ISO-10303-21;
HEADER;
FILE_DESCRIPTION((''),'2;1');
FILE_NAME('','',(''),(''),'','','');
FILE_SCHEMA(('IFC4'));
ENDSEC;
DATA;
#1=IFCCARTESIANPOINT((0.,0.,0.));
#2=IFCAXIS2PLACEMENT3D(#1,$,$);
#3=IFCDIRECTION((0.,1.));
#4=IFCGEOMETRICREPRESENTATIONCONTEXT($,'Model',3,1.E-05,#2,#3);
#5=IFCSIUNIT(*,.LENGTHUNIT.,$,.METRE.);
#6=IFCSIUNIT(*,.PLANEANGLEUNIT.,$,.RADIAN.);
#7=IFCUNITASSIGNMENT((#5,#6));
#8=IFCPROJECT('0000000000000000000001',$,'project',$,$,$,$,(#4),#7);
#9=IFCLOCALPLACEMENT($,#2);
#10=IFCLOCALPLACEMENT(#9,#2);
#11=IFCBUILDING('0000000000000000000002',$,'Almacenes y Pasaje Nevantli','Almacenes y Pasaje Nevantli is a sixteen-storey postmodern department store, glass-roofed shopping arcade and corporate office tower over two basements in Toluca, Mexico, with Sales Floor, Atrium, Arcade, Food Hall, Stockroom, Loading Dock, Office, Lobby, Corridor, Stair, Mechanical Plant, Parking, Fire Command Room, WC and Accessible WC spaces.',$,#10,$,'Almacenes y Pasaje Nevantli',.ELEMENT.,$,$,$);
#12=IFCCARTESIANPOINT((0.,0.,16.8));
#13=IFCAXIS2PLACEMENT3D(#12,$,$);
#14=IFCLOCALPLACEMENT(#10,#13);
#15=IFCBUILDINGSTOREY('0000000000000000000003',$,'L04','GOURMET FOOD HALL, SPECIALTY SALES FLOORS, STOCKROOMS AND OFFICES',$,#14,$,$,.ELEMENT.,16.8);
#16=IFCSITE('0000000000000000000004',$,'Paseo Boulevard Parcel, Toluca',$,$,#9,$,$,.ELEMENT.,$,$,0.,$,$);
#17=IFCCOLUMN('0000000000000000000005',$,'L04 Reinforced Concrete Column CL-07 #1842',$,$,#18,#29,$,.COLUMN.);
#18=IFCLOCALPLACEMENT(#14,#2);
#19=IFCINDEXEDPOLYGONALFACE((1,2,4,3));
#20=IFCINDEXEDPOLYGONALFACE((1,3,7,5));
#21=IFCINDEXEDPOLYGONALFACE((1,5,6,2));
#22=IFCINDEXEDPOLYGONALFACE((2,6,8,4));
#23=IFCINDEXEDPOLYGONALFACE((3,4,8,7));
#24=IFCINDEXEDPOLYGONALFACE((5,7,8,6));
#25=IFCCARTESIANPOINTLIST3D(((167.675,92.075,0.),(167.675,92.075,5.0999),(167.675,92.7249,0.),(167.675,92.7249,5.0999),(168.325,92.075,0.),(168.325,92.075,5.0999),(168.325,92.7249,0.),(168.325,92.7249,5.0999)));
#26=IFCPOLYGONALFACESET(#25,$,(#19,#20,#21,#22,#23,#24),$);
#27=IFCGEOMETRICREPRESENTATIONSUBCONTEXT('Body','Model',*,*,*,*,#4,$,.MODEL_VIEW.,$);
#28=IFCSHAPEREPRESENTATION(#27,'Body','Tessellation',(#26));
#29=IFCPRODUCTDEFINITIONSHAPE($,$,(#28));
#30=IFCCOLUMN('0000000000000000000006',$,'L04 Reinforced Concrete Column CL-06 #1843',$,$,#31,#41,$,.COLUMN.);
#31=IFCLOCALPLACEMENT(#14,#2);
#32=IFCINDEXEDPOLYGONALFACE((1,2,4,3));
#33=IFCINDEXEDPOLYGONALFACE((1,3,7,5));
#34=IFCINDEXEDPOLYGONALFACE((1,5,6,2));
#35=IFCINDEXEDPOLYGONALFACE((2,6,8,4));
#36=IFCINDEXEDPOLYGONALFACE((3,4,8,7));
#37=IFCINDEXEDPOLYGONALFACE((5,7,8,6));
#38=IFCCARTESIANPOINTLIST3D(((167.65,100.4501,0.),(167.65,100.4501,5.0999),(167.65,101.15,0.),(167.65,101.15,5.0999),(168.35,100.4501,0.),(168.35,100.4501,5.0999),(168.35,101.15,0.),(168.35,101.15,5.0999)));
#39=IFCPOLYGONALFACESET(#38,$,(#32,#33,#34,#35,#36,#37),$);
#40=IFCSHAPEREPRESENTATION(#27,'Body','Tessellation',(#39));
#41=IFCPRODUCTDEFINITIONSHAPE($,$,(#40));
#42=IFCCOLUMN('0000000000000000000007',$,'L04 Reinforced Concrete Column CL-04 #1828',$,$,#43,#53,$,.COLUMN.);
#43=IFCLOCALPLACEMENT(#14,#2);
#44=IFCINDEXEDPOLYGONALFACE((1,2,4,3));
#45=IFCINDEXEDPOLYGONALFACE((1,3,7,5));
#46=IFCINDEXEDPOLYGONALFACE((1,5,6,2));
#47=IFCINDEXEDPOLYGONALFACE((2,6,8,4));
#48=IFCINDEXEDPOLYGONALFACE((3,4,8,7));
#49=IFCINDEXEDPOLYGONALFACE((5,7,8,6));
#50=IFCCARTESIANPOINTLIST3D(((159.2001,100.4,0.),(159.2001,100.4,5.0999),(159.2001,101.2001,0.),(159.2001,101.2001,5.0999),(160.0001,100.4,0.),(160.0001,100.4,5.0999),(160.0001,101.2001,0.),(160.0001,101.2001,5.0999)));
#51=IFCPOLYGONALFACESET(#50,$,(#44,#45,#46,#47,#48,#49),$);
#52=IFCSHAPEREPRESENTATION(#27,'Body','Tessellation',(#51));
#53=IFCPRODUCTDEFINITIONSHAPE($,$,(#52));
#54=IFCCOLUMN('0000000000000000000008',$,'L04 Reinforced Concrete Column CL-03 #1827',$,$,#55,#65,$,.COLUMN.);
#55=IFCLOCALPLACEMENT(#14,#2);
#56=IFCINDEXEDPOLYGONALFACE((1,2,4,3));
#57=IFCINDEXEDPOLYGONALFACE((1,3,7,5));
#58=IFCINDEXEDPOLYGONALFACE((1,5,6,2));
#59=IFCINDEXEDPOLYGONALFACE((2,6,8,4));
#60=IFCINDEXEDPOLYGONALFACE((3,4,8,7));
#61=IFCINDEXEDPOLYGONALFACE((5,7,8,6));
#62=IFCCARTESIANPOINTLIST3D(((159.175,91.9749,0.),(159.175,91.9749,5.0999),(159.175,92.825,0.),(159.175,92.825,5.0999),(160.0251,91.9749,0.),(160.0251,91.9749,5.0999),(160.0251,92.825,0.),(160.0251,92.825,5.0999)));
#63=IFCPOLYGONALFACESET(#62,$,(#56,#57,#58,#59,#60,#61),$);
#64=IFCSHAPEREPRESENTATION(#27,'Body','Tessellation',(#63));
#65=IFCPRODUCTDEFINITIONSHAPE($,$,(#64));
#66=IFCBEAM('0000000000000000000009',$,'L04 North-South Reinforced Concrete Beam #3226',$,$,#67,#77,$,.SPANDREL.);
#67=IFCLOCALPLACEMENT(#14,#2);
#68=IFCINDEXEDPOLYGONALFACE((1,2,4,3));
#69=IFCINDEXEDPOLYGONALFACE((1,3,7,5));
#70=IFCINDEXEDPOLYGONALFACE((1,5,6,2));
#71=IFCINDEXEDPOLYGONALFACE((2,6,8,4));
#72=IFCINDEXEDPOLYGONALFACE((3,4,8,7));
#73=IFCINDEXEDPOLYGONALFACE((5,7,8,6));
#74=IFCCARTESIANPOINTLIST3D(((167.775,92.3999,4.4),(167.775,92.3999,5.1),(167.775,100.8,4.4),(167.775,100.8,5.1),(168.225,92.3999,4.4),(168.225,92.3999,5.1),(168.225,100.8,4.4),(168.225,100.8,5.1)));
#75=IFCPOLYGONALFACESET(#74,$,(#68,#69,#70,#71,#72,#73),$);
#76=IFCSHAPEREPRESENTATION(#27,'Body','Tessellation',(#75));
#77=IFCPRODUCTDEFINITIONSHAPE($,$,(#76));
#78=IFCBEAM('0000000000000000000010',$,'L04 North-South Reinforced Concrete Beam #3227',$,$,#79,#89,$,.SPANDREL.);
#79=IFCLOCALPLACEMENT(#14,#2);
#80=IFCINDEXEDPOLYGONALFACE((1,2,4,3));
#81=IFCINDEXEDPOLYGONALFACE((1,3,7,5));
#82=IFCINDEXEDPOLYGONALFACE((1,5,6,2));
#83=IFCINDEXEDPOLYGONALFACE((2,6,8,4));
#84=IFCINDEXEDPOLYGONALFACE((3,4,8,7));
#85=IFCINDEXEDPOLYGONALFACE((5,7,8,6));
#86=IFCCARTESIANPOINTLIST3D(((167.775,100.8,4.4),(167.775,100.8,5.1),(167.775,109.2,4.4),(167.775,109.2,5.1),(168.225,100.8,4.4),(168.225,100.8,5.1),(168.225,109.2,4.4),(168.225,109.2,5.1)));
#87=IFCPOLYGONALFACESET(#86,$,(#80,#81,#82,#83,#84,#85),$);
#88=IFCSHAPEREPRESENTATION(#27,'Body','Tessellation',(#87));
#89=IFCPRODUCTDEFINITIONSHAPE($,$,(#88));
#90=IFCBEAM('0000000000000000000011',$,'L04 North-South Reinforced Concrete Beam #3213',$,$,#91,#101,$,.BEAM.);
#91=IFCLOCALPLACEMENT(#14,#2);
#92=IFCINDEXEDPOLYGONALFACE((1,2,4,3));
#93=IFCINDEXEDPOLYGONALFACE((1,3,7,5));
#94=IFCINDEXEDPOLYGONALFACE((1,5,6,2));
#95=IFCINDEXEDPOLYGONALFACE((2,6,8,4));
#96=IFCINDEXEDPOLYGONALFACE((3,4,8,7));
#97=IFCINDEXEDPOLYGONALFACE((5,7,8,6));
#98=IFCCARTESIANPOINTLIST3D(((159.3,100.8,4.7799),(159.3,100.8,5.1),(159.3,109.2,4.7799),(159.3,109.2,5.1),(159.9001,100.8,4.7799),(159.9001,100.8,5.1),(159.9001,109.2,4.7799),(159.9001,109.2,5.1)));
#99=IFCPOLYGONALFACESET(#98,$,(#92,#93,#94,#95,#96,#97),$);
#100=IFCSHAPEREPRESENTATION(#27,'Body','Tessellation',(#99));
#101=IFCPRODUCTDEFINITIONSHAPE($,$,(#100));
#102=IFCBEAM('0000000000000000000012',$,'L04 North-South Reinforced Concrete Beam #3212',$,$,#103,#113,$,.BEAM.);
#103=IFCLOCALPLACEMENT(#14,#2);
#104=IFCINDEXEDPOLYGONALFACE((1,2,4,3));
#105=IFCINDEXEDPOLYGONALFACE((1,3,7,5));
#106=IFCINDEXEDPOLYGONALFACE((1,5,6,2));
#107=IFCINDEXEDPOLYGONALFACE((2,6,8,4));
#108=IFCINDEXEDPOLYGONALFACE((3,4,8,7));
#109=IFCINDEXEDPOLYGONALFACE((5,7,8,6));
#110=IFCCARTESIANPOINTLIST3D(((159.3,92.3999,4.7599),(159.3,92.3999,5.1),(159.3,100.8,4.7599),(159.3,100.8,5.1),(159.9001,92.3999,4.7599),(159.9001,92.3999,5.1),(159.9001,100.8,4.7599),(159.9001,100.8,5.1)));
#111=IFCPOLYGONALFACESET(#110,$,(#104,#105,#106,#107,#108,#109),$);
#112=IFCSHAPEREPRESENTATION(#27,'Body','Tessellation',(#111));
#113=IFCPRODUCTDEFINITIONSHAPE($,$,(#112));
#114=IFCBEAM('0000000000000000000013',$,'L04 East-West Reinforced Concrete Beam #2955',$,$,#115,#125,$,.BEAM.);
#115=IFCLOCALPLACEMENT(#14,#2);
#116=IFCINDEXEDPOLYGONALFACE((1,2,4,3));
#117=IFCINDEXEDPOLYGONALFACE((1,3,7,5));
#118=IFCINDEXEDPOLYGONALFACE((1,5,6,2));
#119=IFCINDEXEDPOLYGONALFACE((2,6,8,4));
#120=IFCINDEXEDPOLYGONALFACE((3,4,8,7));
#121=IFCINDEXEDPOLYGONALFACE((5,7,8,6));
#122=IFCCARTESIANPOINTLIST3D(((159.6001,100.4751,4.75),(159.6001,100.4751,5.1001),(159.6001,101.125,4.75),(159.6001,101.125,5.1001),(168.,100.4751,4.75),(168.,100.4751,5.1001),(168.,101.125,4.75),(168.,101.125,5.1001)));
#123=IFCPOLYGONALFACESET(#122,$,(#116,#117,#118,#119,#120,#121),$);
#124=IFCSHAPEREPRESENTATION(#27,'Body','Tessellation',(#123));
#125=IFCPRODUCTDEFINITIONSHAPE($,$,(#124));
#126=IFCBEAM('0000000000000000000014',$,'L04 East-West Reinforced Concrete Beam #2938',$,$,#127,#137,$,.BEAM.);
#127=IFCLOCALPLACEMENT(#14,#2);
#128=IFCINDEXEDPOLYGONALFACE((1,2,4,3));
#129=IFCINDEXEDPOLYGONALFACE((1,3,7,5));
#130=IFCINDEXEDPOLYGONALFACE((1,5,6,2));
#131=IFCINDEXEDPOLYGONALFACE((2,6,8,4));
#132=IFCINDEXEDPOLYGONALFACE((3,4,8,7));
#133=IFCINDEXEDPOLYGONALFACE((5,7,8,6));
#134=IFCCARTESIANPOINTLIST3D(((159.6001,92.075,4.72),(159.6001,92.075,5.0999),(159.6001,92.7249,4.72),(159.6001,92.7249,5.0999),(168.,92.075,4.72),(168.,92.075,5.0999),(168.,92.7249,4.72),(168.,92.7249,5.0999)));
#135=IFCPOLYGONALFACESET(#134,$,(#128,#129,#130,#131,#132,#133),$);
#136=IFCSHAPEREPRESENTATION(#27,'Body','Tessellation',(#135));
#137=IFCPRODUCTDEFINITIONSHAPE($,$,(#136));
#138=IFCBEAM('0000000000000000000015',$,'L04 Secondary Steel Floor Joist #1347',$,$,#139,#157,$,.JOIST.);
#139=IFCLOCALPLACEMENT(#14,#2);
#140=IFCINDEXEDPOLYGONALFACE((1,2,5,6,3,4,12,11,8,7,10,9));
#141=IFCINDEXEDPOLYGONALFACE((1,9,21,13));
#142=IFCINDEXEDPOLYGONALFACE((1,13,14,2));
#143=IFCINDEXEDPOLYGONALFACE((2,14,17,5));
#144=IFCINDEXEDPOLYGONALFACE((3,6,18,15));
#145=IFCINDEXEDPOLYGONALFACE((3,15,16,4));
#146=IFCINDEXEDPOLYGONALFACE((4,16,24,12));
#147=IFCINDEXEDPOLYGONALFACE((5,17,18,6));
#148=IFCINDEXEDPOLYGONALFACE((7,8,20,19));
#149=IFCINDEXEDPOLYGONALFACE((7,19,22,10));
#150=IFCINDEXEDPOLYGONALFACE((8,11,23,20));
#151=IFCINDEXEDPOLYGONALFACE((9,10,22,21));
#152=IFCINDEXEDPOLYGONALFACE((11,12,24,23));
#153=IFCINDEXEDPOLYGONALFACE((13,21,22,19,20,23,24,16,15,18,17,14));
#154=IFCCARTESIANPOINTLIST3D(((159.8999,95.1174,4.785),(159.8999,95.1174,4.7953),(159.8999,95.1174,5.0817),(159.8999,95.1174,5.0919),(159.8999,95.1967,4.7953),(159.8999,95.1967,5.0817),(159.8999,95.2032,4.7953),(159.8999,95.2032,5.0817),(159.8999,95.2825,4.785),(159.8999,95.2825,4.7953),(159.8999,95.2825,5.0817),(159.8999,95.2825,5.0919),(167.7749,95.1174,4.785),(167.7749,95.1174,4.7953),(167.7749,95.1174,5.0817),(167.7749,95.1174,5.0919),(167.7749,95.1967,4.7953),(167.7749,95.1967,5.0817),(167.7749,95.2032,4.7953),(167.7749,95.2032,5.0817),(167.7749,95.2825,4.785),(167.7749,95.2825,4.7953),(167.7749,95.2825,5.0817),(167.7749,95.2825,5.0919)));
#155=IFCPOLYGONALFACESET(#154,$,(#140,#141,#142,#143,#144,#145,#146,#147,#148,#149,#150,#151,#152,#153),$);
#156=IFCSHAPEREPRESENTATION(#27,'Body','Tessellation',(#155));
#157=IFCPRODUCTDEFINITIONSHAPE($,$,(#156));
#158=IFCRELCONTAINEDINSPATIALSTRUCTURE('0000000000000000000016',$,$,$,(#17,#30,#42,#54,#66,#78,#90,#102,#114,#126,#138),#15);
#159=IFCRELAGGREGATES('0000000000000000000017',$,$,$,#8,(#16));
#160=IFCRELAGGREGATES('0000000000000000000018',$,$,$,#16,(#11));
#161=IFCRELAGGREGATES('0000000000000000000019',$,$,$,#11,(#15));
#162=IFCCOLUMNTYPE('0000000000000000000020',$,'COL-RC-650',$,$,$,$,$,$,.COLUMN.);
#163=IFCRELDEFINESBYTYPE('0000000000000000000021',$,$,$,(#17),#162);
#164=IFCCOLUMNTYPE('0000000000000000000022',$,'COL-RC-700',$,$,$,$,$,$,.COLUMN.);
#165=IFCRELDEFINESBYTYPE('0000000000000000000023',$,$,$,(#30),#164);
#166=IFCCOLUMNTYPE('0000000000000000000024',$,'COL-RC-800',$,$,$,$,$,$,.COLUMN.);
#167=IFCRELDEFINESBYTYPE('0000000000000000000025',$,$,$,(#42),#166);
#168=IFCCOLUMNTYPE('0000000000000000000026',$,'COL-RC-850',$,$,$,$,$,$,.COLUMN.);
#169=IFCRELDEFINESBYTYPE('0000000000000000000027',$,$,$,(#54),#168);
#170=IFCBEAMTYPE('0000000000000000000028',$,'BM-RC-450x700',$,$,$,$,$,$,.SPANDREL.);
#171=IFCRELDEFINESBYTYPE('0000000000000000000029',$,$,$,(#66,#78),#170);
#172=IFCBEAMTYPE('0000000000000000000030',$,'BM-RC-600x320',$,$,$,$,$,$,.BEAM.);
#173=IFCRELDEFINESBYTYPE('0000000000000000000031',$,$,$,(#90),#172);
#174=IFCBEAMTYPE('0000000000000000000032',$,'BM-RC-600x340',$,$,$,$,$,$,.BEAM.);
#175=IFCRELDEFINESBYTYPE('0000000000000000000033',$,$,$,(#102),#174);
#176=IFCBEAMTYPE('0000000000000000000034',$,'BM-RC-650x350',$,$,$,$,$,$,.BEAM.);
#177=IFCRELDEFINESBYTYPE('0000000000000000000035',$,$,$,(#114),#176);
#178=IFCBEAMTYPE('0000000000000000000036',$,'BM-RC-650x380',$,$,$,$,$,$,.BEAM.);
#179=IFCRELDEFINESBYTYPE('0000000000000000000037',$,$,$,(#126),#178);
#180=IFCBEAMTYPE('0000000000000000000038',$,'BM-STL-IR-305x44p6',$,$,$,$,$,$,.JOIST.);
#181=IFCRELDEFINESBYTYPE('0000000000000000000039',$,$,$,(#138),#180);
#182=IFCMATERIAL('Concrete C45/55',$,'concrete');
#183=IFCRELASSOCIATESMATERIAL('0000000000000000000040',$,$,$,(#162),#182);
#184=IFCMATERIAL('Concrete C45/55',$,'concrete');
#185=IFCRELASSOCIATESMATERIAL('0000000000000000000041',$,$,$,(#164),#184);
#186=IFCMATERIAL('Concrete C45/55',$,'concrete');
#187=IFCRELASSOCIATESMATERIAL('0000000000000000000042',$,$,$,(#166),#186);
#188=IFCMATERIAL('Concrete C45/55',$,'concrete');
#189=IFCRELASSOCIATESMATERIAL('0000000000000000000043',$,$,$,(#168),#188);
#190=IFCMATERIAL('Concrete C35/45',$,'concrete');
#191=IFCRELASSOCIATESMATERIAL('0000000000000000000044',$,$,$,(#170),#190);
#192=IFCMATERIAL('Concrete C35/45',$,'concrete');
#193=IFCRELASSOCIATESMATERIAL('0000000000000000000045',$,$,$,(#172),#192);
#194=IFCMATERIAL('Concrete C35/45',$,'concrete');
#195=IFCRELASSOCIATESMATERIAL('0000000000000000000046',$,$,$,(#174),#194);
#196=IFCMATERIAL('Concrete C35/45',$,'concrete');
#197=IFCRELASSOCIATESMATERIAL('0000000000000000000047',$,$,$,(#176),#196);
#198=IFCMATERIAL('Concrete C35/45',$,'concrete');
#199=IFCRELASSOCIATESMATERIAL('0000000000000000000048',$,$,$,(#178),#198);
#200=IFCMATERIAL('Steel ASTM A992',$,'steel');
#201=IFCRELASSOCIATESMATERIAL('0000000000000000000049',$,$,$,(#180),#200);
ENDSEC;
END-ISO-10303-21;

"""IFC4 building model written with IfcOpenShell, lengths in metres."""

from ifc_helpers import new_model, si_unit, direction, frame, origin, origin_2d, place, context, subcontext, project, spatial, rectangle, i_section, extrude, material, material_profile, profile_set, type_object, element, save


model = new_model("IFC4")

# Units and contexts
model_context = context("Model", 3, precision=1e-05, world=origin(), true_north=direction((0.0, 1.0)))
body_context = subcontext(model_context, "Body", "Model", "MODEL_VIEW")
ifc_project = project(units=[si_unit("LENGTHUNIT", "METRE"), si_unit("PLANEANGLEUNIT", "RADIAN")], contexts=[model_context])

# Site, building, storey
site_placement = place(None, origin())
site = spatial("IfcSite", under=ifc_project, at=site_placement, Name="Paseo Boulevard Parcel, Toluca", CompositionType="ELEMENT", RefElevation=0.0)
building_placement = place(site_placement, origin())
building = spatial("IfcBuilding", under=site, at=building_placement, Name="Almacenes y Pasaje Nevantli", Description="Almacenes y Pasaje Nevantli is a sixteen-storey postmodern department store, glass-roofed shopping arcade and corporate office tower over two basements in Toluca, Mexico, with Sales Floor, Atrium, Arcade, Food Hall, Stockroom, Loading Dock, Office, Lobby, Corridor, Stair, Mechanical Plant, Parking, Fire Command Room, WC and Accessible WC spaces.", LongName="Almacenes y Pasaje Nevantli", CompositionType="ELEMENT")
storey_placement = place(building_placement, frame((0.0, 0.0, 16.8)))
storey = spatial("IfcBuildingStorey", under=building, at=storey_placement, Name="L04", Description="GOURMET FOOD HALL, SPECIALTY SALES FLOORS, STOCKROOMS AND OFFICES", CompositionType="ELEMENT", Elevation=16.8)

# Columns
ifc_material_1 = material(Name="Concrete C45/55", Category="concrete")
ifc_material_profile_1 = material_profile(ifc_material_1, rectangle(XDim=0.6499, YDim=0.6499, at=origin_2d()), Name="RC-COL-650x650")
ifc_profile_set_1 = profile_set([ifc_material_profile_1], Name="Concrete C45/55")
column_type_1 = type_object("IfcColumnType", Name="COL-RC-650", PredefinedType="COLUMN", material=ifc_profile_set_1)
column_1_placement = place(storey_placement, frame((168.0, 92.3999, 0.0), z_axis=(0.0, 0.0, 1.0), x_axis=(1.0, 0.0, 0.0)))
element("IfcColumn", 1, at=column_1_placement, inside=storey, type_object=column_type_1, Name="L04 Reinforced Concrete Column CL-07 #1842", PredefinedType="COLUMN", context=body_context, shape_type="SweptSolid", body=[
    extrude(rectangle(XDim=0.6499, YDim=0.6499, at=origin_2d()), origin(), (0.0, 0.0, 1.0), 5.0999),
])
ifc_material_2 = material(Name="Concrete C45/55", Category="concrete")
ifc_material_profile_2 = material_profile(ifc_material_2, rectangle(XDim=0.7, YDim=0.7, at=origin_2d()), Name="RC-COL-700x700")
ifc_profile_set_2 = profile_set([ifc_material_profile_2], Name="Concrete C45/55")
column_type_2 = type_object("IfcColumnType", Name="COL-RC-700", PredefinedType="COLUMN", material=ifc_profile_set_2)
column_2_placement = place(storey_placement, frame((168.0, 100.8, 0.0), z_axis=(0.0, 0.0, 1.0), x_axis=(1.0, 0.0, 0.0)))
element("IfcColumn", 2, at=column_2_placement, inside=storey, type_object=column_type_2, Name="L04 Reinforced Concrete Column CL-06 #1843", PredefinedType="COLUMN", context=body_context, shape_type="SweptSolid", body=[
    extrude(rectangle(XDim=0.7, YDim=0.7, at=origin_2d()), origin(), (0.0, 0.0, 1.0), 5.0999),
])
ifc_material_3 = material(Name="Concrete C45/55", Category="concrete")
ifc_material_profile_3 = material_profile(ifc_material_3, rectangle(XDim=0.8, YDim=0.8, at=origin_2d()), Name="RC-COL-800x800")
ifc_profile_set_3 = profile_set([ifc_material_profile_3], Name="Concrete C45/55")
column_type_3 = type_object("IfcColumnType", Name="COL-RC-800", PredefinedType="COLUMN", material=ifc_profile_set_3)
column_3_placement = place(storey_placement, frame((159.6001, 100.8, 0.0), z_axis=(0.0, 0.0, 1.0), x_axis=(1.0, 0.0, 0.0)))
element("IfcColumn", 3, at=column_3_placement, inside=storey, type_object=column_type_3, Name="L04 Reinforced Concrete Column CL-04 #1828", PredefinedType="COLUMN", context=body_context, shape_type="SweptSolid", body=[
    extrude(rectangle(XDim=0.8, YDim=0.8, at=origin_2d()), origin(), (0.0, 0.0, 1.0), 5.0999),
])
ifc_material_4 = material(Name="Concrete C45/55", Category="concrete")
ifc_material_profile_4 = material_profile(ifc_material_4, rectangle(XDim=0.8501, YDim=0.8501, at=origin_2d()), Name="RC-COL-850x850")
ifc_profile_set_4 = profile_set([ifc_material_profile_4], Name="Concrete C45/55")
column_type_4 = type_object("IfcColumnType", Name="COL-RC-850", PredefinedType="COLUMN", material=ifc_profile_set_4)
column_4_placement = place(storey_placement, frame((159.6001, 92.3999, 0.0), z_axis=(0.0, 0.0, 1.0), x_axis=(1.0, 0.0, 0.0)))
element("IfcColumn", 4, at=column_4_placement, inside=storey, type_object=column_type_4, Name="L04 Reinforced Concrete Column CL-03 #1827", PredefinedType="COLUMN", context=body_context, shape_type="SweptSolid", body=[
    extrude(rectangle(XDim=0.8501, YDim=0.8501, at=origin_2d()), origin(), (0.0, 0.0, 1.0), 5.0999),
])

# Beams
ifc_material_5 = material(Name="Concrete C35/45", Category="concrete")
ifc_material_profile_5 = material_profile(ifc_material_5, rectangle(XDim=0.45, YDim=0.7, at=origin_2d()), Name="RC-BM-450x700")
ifc_profile_set_5 = profile_set([ifc_material_profile_5], Name="Concrete C35/45")
beam_type_1 = type_object("IfcBeamType", Name="BM-RC-450x700", PredefinedType="SPANDREL", material=ifc_profile_set_5)
beam_1_placement = place(storey_placement, frame((168.0, 92.3999, 4.75), z_axis=(0.0, 1.0, 0.0), x_axis=(-1.0, 0.0, 0.0)))
element("IfcBeam", 5, at=beam_1_placement, inside=storey, type_object=beam_type_1, Name="L04 North-South Reinforced Concrete Beam #3226", PredefinedType="SPANDREL", context=body_context, shape_type="SweptSolid", body=[
    extrude(rectangle(XDim=0.45, YDim=0.7, at=origin_2d()), origin(), (0.0, 0.0, 1.0), 8.4001),
])
beam_2_placement = place(storey_placement, frame((168.0, 100.8, 4.75), z_axis=(0.0, 1.0, 0.0), x_axis=(-1.0, 0.0, 0.0)))
element("IfcBeam", 6, at=beam_2_placement, inside=storey, type_object=beam_type_1, Name="L04 North-South Reinforced Concrete Beam #3227", PredefinedType="SPANDREL", context=body_context, shape_type="SweptSolid", body=[
    extrude(rectangle(XDim=0.45, YDim=0.7, at=origin_2d()), origin(), (0.0, 0.0, 1.0), 8.3999),
])
ifc_material_6 = material(Name="Concrete C35/45", Category="concrete")
ifc_material_profile_6 = material_profile(ifc_material_6, rectangle(XDim=0.6001, YDim=0.3201, at=origin_2d()), Name="RC-BM-600x320")
ifc_profile_set_6 = profile_set([ifc_material_profile_6], Name="Concrete C35/45")
beam_type_2 = type_object("IfcBeamType", Name="BM-RC-600x320", PredefinedType="BEAM", material=ifc_profile_set_6)
beam_3_placement = place(storey_placement, frame((159.6001, 100.8, 4.9399), z_axis=(0.0, 1.0, 0.0), x_axis=(-1.0, 0.0, 0.0)))
element("IfcBeam", 7, at=beam_3_placement, inside=storey, type_object=beam_type_2, Name="L04 North-South Reinforced Concrete Beam #3213", PredefinedType="BEAM", context=body_context, shape_type="SweptSolid", body=[
    extrude(rectangle(XDim=0.6001, YDim=0.3201, at=origin_2d()), origin(), (0.0, 0.0, 1.0), 8.3999),
])
ifc_material_7 = material(Name="Concrete C35/45", Category="concrete")
ifc_material_profile_7 = material_profile(ifc_material_7, rectangle(XDim=0.6001, YDim=0.3401, at=origin_2d()), Name="RC-BM-600x340")
ifc_profile_set_7 = profile_set([ifc_material_profile_7], Name="Concrete C35/45")
beam_type_3 = type_object("IfcBeamType", Name="BM-RC-600x340", PredefinedType="BEAM", material=ifc_profile_set_7)
beam_4_placement = place(storey_placement, frame((159.6001, 92.3999, 4.9299), z_axis=(0.0, 1.0, 0.0), x_axis=(-1.0, 0.0, 0.0)))
element("IfcBeam", 8, at=beam_4_placement, inside=storey, type_object=beam_type_3, Name="L04 North-South Reinforced Concrete Beam #3212", PredefinedType="BEAM", context=body_context, shape_type="SweptSolid", body=[
    extrude(rectangle(XDim=0.6001, YDim=0.3401, at=origin_2d()), origin(), (0.0, 0.0, 1.0), 8.4001),
])
ifc_material_8 = material(Name="Concrete C35/45", Category="concrete")
ifc_material_profile_8 = material_profile(ifc_material_8, rectangle(XDim=0.6499, YDim=0.3501, at=origin_2d()), Name="RC-BM-650x350")
ifc_profile_set_8 = profile_set([ifc_material_profile_8], Name="Concrete C35/45")
beam_type_4 = type_object("IfcBeamType", Name="BM-RC-650x350", PredefinedType="BEAM", material=ifc_profile_set_8)
beam_5_placement = place(storey_placement, frame((159.6001, 100.8, 4.925), z_axis=(1.0, 0.0, 0.0), x_axis=(0.0, 1.0, 0.0)))
element("IfcBeam", 9, at=beam_5_placement, inside=storey, type_object=beam_type_4, Name="L04 East-West Reinforced Concrete Beam #2955", PredefinedType="BEAM", context=body_context, shape_type="SweptSolid", body=[
    extrude(rectangle(XDim=0.6499, YDim=0.3501, at=origin_2d()), origin(), (0.0, 0.0, 1.0), 8.3999),
])
ifc_material_9 = material(Name="Concrete C35/45", Category="concrete")
ifc_material_profile_9 = material_profile(ifc_material_9, rectangle(XDim=0.6499, YDim=0.3799, at=origin_2d()), Name="RC-BM-650x380")
ifc_profile_set_9 = profile_set([ifc_material_profile_9], Name="Concrete C35/45")
beam_type_5 = type_object("IfcBeamType", Name="BM-RC-650x380", PredefinedType="BEAM", material=ifc_profile_set_9)
beam_6_placement = place(storey_placement, frame((159.6001, 92.3999, 4.9099), z_axis=(1.0, 0.0, 0.0), x_axis=(0.0, 1.0, 0.0)))
element("IfcBeam", 10, at=beam_6_placement, inside=storey, type_object=beam_type_5, Name="L04 East-West Reinforced Concrete Beam #2938", PredefinedType="BEAM", context=body_context, shape_type="SweptSolid", body=[
    extrude(rectangle(XDim=0.6499, YDim=0.3799, at=origin_2d()), origin(), (0.0, 0.0, 1.0), 8.3999),
])
ifc_material_10 = material(Name="Steel ASTM A992", Category="steel")
ifc_material_profile_10 = material_profile(ifc_material_10, i_section(OverallWidth=0.165, OverallDepth=0.3069, WebThickness=0.0066, FlangeThickness=0.0103, at=origin_2d()), Name="IR 305x44.6")
ifc_profile_set_10 = profile_set([ifc_material_profile_10], Name="Steel ASTM A992")
beam_type_6 = type_object("IfcBeamType", Name="BM-STL-IR-305x44p6", PredefinedType="JOIST", material=ifc_profile_set_10)
for number, where, z_axis, x_axis, name in (
    (11, (159.8999, 95.2, 4.9385), (1.0, 0.0, 0.0), (0.0, 1.0, 0.0), "L04 Secondary Steel Floor Joist #1347"),
):
    element("IfcBeam", number, at=place(storey_placement, frame(where, z_axis=z_axis, x_axis=x_axis)), inside=storey, type_object=beam_type_6, Name=name, PredefinedType="JOIST", context=body_context, shape_type="SweptSolid", body=[
        extrude(i_section(OverallWidth=0.165, OverallDepth=0.3069, WebThickness=0.0066, FlangeThickness=0.0103, at=origin_2d()), origin(), (0.0, 0.0, 1.0), 7.875),
    ])

save(model, "model.ifc")
